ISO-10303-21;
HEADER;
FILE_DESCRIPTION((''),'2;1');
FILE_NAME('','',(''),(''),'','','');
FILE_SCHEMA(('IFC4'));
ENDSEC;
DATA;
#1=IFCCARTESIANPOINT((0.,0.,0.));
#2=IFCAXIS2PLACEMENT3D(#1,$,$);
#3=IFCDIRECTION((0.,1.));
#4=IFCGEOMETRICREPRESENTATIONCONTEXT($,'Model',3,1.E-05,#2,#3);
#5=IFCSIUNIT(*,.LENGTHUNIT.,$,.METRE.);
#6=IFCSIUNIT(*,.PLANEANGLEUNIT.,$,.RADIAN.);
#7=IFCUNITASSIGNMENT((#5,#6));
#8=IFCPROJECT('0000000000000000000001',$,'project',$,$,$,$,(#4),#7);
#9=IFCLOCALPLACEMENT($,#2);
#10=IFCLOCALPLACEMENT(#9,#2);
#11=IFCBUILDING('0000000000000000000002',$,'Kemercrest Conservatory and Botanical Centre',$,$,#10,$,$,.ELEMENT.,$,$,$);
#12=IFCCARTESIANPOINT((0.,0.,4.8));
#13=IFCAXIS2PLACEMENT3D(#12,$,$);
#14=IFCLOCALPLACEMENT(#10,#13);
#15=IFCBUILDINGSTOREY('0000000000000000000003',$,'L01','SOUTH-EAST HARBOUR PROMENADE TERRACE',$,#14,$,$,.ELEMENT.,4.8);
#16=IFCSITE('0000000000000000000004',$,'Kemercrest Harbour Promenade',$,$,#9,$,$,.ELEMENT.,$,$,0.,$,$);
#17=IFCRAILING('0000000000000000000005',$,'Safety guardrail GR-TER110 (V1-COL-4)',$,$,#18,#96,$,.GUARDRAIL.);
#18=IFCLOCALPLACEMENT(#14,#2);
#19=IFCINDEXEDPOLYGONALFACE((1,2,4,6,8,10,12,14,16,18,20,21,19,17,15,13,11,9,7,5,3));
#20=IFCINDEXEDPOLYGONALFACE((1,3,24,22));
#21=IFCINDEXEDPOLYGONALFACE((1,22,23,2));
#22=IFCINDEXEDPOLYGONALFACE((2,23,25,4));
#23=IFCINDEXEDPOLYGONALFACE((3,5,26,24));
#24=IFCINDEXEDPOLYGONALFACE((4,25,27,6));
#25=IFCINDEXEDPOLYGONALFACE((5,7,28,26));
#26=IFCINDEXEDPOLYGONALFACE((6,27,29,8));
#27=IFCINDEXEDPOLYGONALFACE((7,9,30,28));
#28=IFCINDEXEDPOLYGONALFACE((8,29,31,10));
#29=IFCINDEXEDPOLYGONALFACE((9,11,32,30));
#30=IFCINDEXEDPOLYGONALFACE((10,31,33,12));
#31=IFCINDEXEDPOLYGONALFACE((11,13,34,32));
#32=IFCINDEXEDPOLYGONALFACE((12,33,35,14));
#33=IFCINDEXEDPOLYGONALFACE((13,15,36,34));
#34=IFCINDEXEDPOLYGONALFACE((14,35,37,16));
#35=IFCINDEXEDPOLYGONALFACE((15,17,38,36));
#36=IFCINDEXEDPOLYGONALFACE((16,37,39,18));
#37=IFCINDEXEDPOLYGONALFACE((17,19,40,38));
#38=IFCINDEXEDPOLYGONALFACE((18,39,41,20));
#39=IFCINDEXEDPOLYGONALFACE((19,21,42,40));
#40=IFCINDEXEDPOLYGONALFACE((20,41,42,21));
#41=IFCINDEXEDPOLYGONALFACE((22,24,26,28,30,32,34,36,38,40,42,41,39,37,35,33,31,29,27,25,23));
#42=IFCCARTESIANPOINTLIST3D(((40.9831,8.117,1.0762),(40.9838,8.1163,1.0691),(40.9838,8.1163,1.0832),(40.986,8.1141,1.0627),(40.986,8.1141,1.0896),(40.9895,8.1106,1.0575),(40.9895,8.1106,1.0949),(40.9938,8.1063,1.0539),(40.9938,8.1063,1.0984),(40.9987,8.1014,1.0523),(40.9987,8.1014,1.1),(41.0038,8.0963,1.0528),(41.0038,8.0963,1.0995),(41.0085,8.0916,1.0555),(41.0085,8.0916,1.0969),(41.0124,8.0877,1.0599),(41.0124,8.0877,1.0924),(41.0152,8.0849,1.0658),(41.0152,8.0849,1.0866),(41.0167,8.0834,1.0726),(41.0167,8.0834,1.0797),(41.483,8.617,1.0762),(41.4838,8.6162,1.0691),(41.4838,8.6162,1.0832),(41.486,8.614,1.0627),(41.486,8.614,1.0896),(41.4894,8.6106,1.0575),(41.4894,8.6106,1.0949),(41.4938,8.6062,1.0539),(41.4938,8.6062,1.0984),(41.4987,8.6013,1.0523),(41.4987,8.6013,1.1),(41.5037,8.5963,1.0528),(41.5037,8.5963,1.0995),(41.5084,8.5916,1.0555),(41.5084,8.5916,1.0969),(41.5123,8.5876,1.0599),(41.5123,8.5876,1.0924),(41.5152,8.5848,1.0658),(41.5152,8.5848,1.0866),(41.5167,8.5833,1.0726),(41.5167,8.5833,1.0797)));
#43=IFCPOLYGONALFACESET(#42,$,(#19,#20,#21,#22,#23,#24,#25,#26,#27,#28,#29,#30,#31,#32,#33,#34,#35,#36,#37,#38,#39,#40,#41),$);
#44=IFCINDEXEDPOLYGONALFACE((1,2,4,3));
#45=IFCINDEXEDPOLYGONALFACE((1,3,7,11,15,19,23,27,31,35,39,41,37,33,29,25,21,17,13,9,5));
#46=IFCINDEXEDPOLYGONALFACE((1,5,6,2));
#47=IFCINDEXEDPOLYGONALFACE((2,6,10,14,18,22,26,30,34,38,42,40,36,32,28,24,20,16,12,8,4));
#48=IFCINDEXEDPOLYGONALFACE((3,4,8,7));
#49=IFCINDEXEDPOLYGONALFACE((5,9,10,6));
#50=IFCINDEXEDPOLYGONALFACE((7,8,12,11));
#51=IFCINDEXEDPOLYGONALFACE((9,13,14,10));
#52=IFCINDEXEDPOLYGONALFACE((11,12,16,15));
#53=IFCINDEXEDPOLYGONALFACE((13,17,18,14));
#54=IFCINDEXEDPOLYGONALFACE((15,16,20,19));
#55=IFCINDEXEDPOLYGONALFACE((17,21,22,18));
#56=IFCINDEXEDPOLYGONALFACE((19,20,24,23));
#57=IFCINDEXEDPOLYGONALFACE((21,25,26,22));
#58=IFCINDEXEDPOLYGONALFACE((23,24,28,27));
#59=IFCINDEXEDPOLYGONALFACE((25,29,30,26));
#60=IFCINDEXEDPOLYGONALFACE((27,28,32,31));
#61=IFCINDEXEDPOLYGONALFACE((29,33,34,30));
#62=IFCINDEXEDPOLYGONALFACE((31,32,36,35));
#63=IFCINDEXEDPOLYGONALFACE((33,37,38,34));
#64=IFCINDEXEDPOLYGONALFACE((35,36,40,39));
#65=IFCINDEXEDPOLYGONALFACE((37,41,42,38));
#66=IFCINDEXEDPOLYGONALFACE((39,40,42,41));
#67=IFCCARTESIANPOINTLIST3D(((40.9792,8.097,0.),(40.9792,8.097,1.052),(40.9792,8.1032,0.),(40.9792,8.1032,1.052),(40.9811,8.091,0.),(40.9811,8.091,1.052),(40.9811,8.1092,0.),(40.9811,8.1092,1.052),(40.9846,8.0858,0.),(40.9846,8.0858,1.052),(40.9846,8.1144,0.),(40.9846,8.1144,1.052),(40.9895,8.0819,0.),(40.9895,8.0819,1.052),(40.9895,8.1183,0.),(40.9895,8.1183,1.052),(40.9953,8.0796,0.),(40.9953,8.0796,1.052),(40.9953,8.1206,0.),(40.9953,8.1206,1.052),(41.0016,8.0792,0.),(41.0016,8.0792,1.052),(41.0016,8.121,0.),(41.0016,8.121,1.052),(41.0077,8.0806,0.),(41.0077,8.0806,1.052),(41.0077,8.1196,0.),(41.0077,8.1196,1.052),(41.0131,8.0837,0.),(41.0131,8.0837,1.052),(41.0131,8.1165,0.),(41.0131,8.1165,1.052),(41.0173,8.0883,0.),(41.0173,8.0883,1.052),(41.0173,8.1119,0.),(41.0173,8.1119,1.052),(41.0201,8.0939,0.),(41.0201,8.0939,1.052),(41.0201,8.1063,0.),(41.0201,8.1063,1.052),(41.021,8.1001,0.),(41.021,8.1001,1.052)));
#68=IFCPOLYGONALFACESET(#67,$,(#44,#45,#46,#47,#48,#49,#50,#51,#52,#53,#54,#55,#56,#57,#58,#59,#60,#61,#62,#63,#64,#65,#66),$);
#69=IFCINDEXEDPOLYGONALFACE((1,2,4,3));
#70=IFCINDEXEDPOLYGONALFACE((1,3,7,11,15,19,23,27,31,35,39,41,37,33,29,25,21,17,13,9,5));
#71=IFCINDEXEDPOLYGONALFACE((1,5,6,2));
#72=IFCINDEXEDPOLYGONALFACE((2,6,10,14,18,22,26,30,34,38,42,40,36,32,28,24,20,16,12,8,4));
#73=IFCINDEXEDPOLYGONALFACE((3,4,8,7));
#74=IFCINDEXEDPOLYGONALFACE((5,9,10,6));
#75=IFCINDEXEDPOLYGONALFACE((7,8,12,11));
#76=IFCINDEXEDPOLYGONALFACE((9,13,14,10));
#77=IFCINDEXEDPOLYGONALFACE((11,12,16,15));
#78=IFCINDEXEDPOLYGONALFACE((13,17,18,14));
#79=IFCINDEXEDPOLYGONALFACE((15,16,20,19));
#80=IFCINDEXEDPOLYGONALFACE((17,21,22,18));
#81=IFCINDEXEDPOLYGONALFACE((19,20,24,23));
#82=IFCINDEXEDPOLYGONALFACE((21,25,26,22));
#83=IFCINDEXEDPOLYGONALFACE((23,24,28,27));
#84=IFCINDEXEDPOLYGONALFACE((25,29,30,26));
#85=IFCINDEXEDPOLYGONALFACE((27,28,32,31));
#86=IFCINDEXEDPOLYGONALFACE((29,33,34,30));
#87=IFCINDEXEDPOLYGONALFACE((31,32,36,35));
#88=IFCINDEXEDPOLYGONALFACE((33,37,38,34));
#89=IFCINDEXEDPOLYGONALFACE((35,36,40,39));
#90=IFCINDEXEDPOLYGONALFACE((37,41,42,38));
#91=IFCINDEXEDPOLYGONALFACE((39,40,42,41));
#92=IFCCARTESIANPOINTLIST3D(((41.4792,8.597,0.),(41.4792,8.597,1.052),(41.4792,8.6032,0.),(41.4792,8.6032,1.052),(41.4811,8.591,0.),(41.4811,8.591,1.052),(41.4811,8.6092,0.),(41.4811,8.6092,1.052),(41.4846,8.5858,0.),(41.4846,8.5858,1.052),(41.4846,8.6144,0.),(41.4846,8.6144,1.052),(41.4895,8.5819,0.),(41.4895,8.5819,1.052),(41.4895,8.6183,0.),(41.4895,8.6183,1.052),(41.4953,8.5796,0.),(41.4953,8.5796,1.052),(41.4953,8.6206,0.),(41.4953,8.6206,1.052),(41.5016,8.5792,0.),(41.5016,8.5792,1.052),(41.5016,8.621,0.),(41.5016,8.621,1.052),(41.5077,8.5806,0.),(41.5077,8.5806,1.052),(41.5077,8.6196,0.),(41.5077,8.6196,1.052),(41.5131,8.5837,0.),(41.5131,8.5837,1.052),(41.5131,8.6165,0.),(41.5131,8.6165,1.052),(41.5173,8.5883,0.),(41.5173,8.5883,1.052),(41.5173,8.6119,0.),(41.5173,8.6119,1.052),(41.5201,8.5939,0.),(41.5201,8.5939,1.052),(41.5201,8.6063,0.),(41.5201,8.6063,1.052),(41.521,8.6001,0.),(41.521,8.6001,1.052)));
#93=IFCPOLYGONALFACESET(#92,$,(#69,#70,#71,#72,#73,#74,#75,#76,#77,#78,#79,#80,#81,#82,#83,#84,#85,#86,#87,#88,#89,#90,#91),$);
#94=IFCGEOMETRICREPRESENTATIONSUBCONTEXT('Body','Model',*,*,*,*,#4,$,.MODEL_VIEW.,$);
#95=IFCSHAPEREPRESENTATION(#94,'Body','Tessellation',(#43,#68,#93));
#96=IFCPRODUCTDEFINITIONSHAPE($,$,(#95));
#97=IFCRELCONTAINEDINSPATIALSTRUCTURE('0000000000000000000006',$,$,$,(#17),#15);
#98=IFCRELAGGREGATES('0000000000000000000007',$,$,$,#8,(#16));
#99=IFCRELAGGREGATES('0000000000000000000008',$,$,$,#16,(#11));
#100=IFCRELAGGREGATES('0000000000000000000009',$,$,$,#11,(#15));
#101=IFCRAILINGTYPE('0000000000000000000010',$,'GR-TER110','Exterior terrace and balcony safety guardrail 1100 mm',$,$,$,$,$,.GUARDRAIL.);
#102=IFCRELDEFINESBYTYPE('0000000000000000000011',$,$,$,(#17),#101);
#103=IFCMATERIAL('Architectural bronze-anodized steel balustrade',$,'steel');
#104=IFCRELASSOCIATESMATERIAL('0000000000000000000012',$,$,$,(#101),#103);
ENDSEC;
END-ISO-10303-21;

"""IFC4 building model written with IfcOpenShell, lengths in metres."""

from ifc_helpers import new_model, si_unit, direction, frame, origin, origin_2d, place, context, subcontext, project, spatial, circle, extrude, material, type_object, element, save


model = new_model("IFC4")

# Units and contexts
model_context = context("Model", 3, precision=1e-05, world=origin(), true_north=direction((0.0, 1.0)))
body_context = subcontext(model_context, "Body", "Model", "MODEL_VIEW")
ifc_project = project(units=[si_unit("LENGTHUNIT", "METRE"), si_unit("PLANEANGLEUNIT", "RADIAN")], contexts=[model_context])

# Site, building, storey
site_placement = place(None, origin())
site = spatial("IfcSite", under=ifc_project, at=site_placement, Name="Kemercrest Harbour Promenade", CompositionType="ELEMENT", RefElevation=0.0)
building_placement = place(site_placement, origin())
building = spatial("IfcBuilding", under=site, at=building_placement, Name="Kemercrest Conservatory and Botanical Centre", CompositionType="ELEMENT")
storey_placement = place(building_placement, frame((0.0, 0.0, 4.8)))
storey = spatial("IfcBuildingStorey", under=building, at=storey_placement, Name="L01", Description="SOUTH-EAST HARBOUR PROMENADE TERRACE", CompositionType="ELEMENT", Elevation=4.8)

# Railing
ifc_material_1 = material(Name="Architectural bronze-anodized steel balustrade", Category="steel")
railing_type = type_object("IfcRailingType", Name="GR-TER110", Description="Exterior terrace and balcony safety guardrail 1100 mm", PredefinedType="GUARDRAIL", material=ifc_material_1)
railing_1_placement = place(storey_placement, frame((41.0, 8.1001, 0.0)))
element("IfcRailing", 1, at=railing_1_placement, inside=storey, type_object=railing_type, Name="Safety guardrail GR-TER110 (V1-COL-4)", PredefinedType="GUARDRAIL", context=body_context, shape_type="SweptSolid", body=[
    extrude(circle(Radius=0.0239, at=origin_2d()), frame((0.0, 0.0, 1.0762), z_axis=(0.707107, 0.707107, 0.0), x_axis=(-0.707107, 0.707107, 0.0)), (0.0, 0.0, 1.0), 0.707),
    extrude(circle(Radius=0.021, at=origin_2d()), origin(), (0.0, 0.0, 1.0), 1.052),
    extrude(circle(Radius=0.021, at=origin_2d()), frame((0.5, 0.5, 0.0)), (0.0, 0.0, 1.0), 1.052),
])

save(model, "model.ifc")
